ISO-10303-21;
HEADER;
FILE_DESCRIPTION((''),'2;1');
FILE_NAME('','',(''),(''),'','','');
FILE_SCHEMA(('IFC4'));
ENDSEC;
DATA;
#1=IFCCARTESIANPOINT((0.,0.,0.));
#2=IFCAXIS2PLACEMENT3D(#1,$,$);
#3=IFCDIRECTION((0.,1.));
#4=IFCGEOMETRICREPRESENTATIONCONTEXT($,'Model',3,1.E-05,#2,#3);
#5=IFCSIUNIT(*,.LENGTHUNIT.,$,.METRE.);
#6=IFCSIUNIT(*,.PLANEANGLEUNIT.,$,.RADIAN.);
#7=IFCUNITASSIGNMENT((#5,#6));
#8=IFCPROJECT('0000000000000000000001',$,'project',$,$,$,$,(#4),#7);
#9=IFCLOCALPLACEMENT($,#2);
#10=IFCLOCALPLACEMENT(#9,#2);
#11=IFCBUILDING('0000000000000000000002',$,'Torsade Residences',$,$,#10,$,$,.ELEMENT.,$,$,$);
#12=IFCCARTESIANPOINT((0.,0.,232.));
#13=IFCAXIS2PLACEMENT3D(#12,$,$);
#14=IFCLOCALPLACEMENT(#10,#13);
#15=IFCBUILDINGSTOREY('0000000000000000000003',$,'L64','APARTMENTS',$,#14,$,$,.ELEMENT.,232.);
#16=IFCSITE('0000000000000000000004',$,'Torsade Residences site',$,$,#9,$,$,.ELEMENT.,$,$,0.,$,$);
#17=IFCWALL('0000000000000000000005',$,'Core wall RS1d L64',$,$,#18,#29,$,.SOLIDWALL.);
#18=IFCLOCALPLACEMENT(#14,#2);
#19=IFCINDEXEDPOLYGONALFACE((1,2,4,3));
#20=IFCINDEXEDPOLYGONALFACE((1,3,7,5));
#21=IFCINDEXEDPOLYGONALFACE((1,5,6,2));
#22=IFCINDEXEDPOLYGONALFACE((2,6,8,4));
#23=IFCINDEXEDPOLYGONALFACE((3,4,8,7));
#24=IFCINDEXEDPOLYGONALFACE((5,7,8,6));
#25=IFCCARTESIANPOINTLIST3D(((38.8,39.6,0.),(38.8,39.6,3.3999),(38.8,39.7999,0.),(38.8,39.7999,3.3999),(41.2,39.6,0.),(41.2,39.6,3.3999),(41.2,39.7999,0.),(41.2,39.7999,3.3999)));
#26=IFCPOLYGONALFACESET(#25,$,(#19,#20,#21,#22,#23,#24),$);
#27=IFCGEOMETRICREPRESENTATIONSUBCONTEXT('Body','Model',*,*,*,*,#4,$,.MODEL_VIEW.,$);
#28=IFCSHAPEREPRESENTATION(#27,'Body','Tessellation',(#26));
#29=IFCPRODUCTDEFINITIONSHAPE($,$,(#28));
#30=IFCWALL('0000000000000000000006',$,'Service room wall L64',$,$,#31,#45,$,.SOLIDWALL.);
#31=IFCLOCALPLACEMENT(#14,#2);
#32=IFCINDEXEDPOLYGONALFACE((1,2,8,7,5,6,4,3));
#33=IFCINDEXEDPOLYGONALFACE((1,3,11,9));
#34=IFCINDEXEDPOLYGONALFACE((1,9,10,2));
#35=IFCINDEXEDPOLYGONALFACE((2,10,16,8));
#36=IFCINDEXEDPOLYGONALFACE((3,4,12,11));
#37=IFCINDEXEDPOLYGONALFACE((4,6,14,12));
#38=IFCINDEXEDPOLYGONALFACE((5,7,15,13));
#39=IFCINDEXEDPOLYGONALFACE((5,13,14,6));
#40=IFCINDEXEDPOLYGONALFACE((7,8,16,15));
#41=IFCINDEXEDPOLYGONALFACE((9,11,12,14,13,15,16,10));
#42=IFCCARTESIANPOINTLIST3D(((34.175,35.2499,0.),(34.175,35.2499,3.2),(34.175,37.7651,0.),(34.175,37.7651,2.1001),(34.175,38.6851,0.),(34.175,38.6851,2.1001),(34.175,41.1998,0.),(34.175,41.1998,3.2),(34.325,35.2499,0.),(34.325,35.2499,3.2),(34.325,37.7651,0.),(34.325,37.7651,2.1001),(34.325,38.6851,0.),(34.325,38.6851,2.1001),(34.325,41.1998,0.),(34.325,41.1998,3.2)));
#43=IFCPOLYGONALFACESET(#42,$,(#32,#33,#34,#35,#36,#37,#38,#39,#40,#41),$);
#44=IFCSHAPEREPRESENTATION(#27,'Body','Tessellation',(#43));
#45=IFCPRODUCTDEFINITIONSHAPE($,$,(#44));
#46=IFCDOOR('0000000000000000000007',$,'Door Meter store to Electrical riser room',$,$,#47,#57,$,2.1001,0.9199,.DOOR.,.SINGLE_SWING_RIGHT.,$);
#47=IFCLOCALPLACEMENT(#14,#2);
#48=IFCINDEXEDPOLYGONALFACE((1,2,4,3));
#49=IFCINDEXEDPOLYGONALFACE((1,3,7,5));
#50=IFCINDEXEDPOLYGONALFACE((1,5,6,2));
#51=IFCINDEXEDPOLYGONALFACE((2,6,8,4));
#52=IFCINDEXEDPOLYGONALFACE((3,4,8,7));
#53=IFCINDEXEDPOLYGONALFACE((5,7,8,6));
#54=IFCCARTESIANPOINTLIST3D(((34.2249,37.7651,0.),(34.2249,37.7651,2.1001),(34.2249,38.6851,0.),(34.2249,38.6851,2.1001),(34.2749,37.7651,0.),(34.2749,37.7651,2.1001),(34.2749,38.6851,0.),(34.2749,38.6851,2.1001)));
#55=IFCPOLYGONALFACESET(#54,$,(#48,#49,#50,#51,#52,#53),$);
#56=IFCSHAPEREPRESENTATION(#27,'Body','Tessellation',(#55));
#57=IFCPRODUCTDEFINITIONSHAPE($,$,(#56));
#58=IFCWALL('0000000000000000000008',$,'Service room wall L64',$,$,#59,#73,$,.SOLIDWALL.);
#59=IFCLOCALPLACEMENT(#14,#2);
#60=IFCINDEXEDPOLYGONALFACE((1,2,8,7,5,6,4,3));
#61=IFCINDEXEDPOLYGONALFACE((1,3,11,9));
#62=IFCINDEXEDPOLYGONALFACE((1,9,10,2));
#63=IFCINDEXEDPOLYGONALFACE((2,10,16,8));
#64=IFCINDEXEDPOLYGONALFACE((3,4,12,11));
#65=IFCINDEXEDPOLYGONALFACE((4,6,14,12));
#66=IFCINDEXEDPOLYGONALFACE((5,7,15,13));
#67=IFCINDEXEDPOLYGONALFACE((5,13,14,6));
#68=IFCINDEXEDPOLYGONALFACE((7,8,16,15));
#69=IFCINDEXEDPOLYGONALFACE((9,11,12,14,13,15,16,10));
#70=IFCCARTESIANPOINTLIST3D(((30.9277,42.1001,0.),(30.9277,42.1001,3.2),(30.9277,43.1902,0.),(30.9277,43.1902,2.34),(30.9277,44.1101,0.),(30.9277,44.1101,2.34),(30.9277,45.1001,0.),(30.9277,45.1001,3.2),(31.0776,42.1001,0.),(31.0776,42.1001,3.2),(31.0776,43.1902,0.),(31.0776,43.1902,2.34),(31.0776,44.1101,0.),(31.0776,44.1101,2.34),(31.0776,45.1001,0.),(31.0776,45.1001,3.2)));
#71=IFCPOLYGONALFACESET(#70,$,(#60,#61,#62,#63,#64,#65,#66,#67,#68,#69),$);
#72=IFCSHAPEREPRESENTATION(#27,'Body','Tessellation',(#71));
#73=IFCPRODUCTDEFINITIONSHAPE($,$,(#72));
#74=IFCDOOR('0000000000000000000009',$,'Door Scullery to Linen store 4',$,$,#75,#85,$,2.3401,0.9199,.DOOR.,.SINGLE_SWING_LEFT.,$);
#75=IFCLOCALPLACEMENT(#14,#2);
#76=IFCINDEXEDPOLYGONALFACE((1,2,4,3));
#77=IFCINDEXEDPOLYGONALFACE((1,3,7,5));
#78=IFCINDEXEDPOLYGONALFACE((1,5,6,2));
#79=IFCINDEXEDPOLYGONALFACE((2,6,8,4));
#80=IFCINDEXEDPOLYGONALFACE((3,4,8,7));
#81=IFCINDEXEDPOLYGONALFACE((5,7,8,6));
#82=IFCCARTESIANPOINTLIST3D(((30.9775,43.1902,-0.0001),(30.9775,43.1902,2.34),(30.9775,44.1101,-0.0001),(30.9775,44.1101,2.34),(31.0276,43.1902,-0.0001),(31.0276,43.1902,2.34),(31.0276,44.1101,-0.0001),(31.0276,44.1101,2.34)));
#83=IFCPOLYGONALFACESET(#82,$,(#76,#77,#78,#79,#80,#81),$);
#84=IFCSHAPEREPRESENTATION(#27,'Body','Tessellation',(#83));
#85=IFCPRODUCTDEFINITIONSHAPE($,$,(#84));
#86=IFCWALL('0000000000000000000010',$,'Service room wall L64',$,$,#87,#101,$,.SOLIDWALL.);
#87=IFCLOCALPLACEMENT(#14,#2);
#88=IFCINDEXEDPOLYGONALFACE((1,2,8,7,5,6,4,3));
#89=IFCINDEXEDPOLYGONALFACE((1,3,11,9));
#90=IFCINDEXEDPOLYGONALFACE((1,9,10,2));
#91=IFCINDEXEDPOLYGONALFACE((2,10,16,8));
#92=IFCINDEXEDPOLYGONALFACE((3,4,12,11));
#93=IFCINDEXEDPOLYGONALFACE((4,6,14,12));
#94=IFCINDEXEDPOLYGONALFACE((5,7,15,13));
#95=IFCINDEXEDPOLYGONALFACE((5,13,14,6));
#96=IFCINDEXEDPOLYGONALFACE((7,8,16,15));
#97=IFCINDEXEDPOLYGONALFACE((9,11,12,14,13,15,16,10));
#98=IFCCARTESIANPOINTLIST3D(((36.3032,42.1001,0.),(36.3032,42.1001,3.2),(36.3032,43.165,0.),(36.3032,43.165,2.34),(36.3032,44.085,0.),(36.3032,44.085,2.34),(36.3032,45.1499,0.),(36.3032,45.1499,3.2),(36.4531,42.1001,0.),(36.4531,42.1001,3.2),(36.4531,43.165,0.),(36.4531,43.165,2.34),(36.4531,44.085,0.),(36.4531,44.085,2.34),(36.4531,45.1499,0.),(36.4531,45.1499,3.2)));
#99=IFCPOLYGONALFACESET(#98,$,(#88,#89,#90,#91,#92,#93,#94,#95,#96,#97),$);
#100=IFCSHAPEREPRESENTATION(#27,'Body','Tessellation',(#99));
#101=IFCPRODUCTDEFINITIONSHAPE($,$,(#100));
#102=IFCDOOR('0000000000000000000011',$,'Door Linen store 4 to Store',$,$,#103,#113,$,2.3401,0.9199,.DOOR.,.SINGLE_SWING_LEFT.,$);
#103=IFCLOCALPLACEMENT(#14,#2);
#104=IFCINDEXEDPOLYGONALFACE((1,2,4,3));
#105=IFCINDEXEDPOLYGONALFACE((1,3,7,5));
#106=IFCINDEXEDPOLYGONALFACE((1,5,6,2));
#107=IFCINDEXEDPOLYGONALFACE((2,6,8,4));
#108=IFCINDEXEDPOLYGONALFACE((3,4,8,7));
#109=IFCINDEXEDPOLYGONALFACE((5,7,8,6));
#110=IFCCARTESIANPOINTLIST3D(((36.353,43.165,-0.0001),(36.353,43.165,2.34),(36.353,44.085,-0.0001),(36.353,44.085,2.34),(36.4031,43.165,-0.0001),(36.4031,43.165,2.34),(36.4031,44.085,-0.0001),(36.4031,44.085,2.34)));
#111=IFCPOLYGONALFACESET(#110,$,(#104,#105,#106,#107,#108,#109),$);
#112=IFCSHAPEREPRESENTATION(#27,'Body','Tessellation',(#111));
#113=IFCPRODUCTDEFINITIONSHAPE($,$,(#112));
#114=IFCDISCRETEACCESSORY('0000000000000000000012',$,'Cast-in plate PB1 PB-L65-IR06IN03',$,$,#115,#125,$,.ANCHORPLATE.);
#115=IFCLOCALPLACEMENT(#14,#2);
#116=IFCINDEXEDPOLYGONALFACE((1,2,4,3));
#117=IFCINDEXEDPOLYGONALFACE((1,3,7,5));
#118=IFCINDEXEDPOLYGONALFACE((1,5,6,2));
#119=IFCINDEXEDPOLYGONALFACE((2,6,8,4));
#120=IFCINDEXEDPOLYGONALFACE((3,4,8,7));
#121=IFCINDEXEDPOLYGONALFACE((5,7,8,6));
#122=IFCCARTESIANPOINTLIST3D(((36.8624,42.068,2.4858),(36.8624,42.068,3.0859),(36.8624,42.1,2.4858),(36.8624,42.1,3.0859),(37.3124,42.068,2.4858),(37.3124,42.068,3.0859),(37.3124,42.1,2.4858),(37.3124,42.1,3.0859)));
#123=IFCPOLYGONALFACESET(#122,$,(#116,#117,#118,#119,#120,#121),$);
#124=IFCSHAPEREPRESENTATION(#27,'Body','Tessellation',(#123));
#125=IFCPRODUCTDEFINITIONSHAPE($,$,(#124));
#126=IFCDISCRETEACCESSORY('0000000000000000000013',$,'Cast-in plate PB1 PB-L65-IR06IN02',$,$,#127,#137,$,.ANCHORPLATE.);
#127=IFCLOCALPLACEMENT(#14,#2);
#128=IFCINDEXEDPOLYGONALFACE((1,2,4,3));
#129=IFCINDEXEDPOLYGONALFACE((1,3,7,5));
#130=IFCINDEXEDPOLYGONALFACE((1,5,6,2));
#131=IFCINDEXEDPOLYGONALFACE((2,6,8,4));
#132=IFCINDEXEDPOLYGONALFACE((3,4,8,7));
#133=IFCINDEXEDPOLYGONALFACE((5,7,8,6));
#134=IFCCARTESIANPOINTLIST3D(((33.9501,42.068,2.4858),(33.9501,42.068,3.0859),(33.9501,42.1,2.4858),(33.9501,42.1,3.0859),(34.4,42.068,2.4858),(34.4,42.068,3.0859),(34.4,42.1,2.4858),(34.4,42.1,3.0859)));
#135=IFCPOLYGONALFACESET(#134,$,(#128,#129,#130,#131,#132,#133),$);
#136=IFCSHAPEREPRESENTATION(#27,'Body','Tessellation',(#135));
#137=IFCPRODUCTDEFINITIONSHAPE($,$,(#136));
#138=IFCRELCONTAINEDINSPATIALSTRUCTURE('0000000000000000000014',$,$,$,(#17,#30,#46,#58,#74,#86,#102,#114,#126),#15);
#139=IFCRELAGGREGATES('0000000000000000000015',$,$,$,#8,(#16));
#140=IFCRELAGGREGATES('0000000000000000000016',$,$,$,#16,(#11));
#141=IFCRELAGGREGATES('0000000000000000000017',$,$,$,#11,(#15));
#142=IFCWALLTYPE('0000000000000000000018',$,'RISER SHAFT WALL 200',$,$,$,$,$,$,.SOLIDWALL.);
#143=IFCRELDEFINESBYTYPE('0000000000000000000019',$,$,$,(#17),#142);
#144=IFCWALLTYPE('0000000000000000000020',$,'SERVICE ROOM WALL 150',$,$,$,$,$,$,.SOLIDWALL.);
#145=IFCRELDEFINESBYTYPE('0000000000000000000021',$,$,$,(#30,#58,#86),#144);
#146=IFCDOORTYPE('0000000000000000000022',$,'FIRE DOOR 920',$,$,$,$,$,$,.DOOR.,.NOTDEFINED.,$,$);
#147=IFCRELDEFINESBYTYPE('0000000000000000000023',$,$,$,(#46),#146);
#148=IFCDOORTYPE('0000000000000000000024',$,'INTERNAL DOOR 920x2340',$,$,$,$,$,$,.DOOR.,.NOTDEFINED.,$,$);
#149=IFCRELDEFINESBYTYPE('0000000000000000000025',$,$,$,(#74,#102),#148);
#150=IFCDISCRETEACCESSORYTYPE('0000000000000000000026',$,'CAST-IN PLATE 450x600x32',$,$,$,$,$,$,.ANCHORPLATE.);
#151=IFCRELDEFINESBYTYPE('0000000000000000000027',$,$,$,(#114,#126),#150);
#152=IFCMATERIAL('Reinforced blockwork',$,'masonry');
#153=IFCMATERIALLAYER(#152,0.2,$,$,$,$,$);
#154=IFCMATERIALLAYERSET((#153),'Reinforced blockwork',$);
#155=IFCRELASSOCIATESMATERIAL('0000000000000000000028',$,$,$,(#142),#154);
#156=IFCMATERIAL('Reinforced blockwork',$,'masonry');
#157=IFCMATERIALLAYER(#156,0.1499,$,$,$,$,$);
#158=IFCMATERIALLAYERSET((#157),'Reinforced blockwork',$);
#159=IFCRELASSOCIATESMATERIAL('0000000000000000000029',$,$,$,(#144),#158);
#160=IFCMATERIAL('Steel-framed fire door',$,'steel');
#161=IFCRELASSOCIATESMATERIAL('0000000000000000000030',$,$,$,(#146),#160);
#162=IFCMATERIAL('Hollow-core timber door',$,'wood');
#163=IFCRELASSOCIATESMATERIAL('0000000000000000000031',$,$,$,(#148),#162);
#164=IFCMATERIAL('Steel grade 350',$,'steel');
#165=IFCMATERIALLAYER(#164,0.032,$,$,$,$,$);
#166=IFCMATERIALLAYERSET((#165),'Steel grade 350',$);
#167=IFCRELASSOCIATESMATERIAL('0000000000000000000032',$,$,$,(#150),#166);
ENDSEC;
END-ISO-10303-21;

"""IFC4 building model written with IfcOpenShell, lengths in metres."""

from ifc_helpers import new_model, si_unit, direction, frame, frame_2d, origin, origin_2d, place, context, subcontext, project, spatial, rectangle, extrude, material, layer, layer_set, type_object, element, fill, save


model = new_model("IFC4")

# Units and contexts
model_context = context("Model", 3, precision=1e-05, world=origin(), true_north=direction((0.0, 1.0)))
body_context = subcontext(model_context, "Body", "Model", "MODEL_VIEW")
ifc_project = project(units=[si_unit("LENGTHUNIT", "METRE"), si_unit("PLANEANGLEUNIT", "RADIAN")], contexts=[model_context])

# Site, building, storey
site_placement = place(None, origin())
site = spatial("IfcSite", under=ifc_project, at=site_placement, Name="Torsade Residences site", CompositionType="ELEMENT", RefElevation=0.0)
building_placement = place(site_placement, origin())
building = spatial("IfcBuilding", under=site, at=building_placement, Name="Torsade Residences", CompositionType="ELEMENT")
storey_placement = place(building_placement, frame((0.0, 0.0, 232.0)))
storey = spatial("IfcBuildingStorey", under=building, at=storey_placement, Name="L64", Description="APARTMENTS", CompositionType="ELEMENT", Elevation=232.0)

# Wall
ifc_material_1 = material(Name="Reinforced blockwork", Category="masonry")
ifc_layer_1 = layer(ifc_material_1, 0.2)
ifc_layer_set_1 = layer_set([ifc_layer_1], Name="Reinforced blockwork")
wall_type_1 = type_object("IfcWallType", Name="RISER SHAFT WALL 200", PredefinedType="SOLIDWALL", material=ifc_layer_set_1)
wall_1_placement = place(storey_placement, frame((38.8, 39.7, 0.0), z_axis=(0.0, 0.0, 1.0), x_axis=(1.0, 0.0, 0.0)))
element("IfcWall", 1, at=wall_1_placement, inside=storey, type_object=wall_type_1, Name="Core wall RS1d L64", PredefinedType="SOLIDWALL", context=body_context, shape_type="SweptSolid", body=[
    extrude(rectangle(XDim=2.3999, YDim=0.2, at=frame_2d((1.2, 0.0))), origin(), (0.0, 0.0, 1.0), 3.3999),
])

# Walls, openings, doors
ifc_material_2 = material(Name="Reinforced blockwork", Category="masonry")
ifc_layer_2 = layer(ifc_material_2, 0.1499)
ifc_layer_set_2 = layer_set([ifc_layer_2], Name="Reinforced blockwork")
wall_type_2 = type_object("IfcWallType", Name="SERVICE ROOM WALL 150", PredefinedType="SOLIDWALL", material=ifc_layer_set_2)
wall_2_placement = place(storey_placement, frame((34.25, 41.2, 0.0), z_axis=(0.0, 0.0, 1.0), x_axis=(0.0, -1.0, 0.0)))
wall_2 = element("IfcWall", 2, at=wall_2_placement, inside=storey, type_object=wall_type_2, Name="Service room wall L64", PredefinedType="SOLIDWALL", context=body_context, shape_type="SweptSolid", body=[
    extrude(rectangle(XDim=5.95, YDim=0.1499, at=frame_2d((2.9751, 0.0))), origin(), (0.0, 0.0, 1.0), 3.2),
])
opening_1_placement = place(wall_2_placement, frame((2.5149, 0.0, 0.0)))
opening_1 = element("IfcOpeningElement", 3, at=opening_1_placement, cuts=wall_2, PredefinedType="OPENING", context=body_context, shape_type="SweptSolid", body=[
    extrude(rectangle(XDim=0.9199, YDim=2.1001, at=frame_2d((0.46, 1.05))), frame((0.0, 0.085, 0.0), z_axis=(0.0, -1.0, 0.0), x_axis=(1.0, 0.0, 0.0)), (0.0, 0.0, 1.0), 0.1699),
])
ifc_material_3 = material(Name="Steel-framed fire door", Category="steel")
door_type_1 = type_object("IfcDoorType", Name="FIRE DOOR 920", OperationType="NOTDEFINED", PredefinedType="DOOR", material=ifc_material_3)
door_1_placement = place(opening_1_placement, origin())
door_1 = element("IfcDoor", 4, at=door_1_placement, inside=storey, type_object=door_type_1, Name="Door Meter store to Electrical riser room", OperationType="SINGLE_SWING_RIGHT", OverallHeight=2.1001, OverallWidth=0.9199, PredefinedType="DOOR", context=body_context, shape_type="SweptSolid", body=[
    extrude(rectangle(XDim=0.9199, YDim=2.1001, at=frame_2d((0.46, 1.05))), frame((0.0, 0.0249, 0.0), z_axis=(0.0, -1.0, 0.0), x_axis=(1.0, 0.0, 0.0)), (0.0, 0.0, 1.0), 0.05),
])
fill(opening_1, door_1)
wall_3_placement = place(storey_placement, frame((31.0027, 45.1001, 0.0), z_axis=(0.0, 0.0, 1.0), x_axis=(0.0, -1.0, 0.0)))
wall_3 = element("IfcWall", 5, at=wall_3_placement, inside=storey, type_object=wall_type_2, Name="Service room wall L64", PredefinedType="SOLIDWALL", context=body_context, shape_type="SweptSolid", body=[
    extrude(rectangle(XDim=3.0, YDim=0.1499, at=frame_2d((1.5, 0.0))), origin(), (0.0, 0.0, 1.0), 3.2),
])
opening_2_placement = place(wall_3_placement, frame((0.99, 0.0, 0.0)))
opening_2 = element("IfcOpeningElement", 6, at=opening_2_placement, cuts=wall_3, PredefinedType="OPENING", context=body_context, shape_type="SweptSolid", body=[
    extrude(rectangle(XDim=0.9199, YDim=2.3401, at=frame_2d((0.46, 1.1699))), frame((0.0, 0.085, 0.0), z_axis=(0.0, -1.0, 0.0), x_axis=(1.0, 0.0, 0.0)), (0.0, 0.0, 1.0), 0.1699),
])
ifc_material_4 = material(Name="Hollow-core timber door", Category="wood")
door_type_2 = type_object("IfcDoorType", Name="INTERNAL DOOR 920x2340", OperationType="NOTDEFINED", PredefinedType="DOOR", material=ifc_material_4)
door_2_placement = place(opening_2_placement, origin())
door_2 = element("IfcDoor", 7, at=door_2_placement, inside=storey, type_object=door_type_2, Name="Door Scullery to Linen store 4", OperationType="SINGLE_SWING_LEFT", OverallHeight=2.3401, OverallWidth=0.9199, PredefinedType="DOOR", context=body_context, shape_type="SweptSolid", body=[
    extrude(rectangle(XDim=0.9199, YDim=2.3401, at=frame_2d((0.46, 1.1699))), frame((0.0, 0.0249, 0.0), z_axis=(0.0, -1.0, 0.0), x_axis=(1.0, 0.0, 0.0)), (0.0, 0.0, 1.0), 0.05),
])
fill(opening_2, door_2)
wall_4_placement = place(storey_placement, frame((36.3782, 45.1499, 0.0), z_axis=(0.0, 0.0, 1.0), x_axis=(0.0, -1.0, 0.0)))
wall_4 = element("IfcWall", 8, at=wall_4_placement, inside=storey, type_object=wall_type_2, Name="Service room wall L64", PredefinedType="SOLIDWALL", context=body_context, shape_type="SweptSolid", body=[
    extrude(rectangle(XDim=3.0498, YDim=0.1499, at=frame_2d((1.5249, 0.0))), origin(), (0.0, 0.0, 1.0), 3.2),
])
opening_3_placement = place(wall_4_placement, frame((1.0649, 0.0, 0.0)))
opening_3 = element("IfcOpeningElement", 9, at=opening_3_placement, cuts=wall_4, PredefinedType="OPENING", context=body_context, shape_type="SweptSolid", body=[
    extrude(rectangle(XDim=0.9199, YDim=2.3401, at=frame_2d((0.46, 1.1699))), frame((0.0, 0.085, 0.0), z_axis=(0.0, -1.0, 0.0), x_axis=(1.0, 0.0, 0.0)), (0.0, 0.0, 1.0), 0.1699),
])
door_3_placement = place(opening_3_placement, origin())
door_3 = element("IfcDoor", 10, at=door_3_placement, inside=storey, type_object=door_type_2, Name="Door Linen store 4 to Store", OperationType="SINGLE_SWING_LEFT", OverallHeight=2.3401, OverallWidth=0.9199, PredefinedType="DOOR", context=body_context, shape_type="SweptSolid", body=[
    extrude(rectangle(XDim=0.9199, YDim=2.3401, at=frame_2d((0.46, 1.1699))), frame((0.0, 0.0249, 0.0), z_axis=(0.0, -1.0, 0.0), x_axis=(1.0, 0.0, 0.0)), (0.0, 0.0, 1.0), 0.05),
])
fill(opening_3, door_3)

# Discrete accessories
ifc_material_5 = material(Name="Steel grade 350", Category="steel")
ifc_layer_3 = layer(ifc_material_5, 0.032)
ifc_layer_set_3 = layer_set([ifc_layer_3], Name="Steel grade 350")
discrete_accessory_type = type_object("IfcDiscreteAccessoryType", Name="CAST-IN PLATE 450x600x32", PredefinedType="ANCHORPLATE", material=ifc_layer_set_3)
for number, where, z_axis, x_axis, name in (
    (11, (37.0874, 42.084, 2.4858), (0.0, 0.0, 1.0), (1.0, 0.0, 0.0), "Cast-in plate PB1 PB-L65-IR06IN03"),
    (12, (34.175, 42.084, 2.4858), (0.0, 0.0, 1.0), (1.0, 0.0, 0.0), "Cast-in plate PB1 PB-L65-IR06IN02"),
):
    element("IfcDiscreteAccessory", number, at=place(storey_placement, frame(where, z_axis=z_axis, x_axis=x_axis)), inside=storey, type_object=discrete_accessory_type, Name=name, PredefinedType="ANCHORPLATE", context=body_context, shape_type="SweptSolid", body=[
        extrude(rectangle(XDim=0.45, YDim=0.032, at=origin_2d()), origin(), (0.0, 0.0, 1.0), 0.6001),
    ])

save(model, "model.ifc")
